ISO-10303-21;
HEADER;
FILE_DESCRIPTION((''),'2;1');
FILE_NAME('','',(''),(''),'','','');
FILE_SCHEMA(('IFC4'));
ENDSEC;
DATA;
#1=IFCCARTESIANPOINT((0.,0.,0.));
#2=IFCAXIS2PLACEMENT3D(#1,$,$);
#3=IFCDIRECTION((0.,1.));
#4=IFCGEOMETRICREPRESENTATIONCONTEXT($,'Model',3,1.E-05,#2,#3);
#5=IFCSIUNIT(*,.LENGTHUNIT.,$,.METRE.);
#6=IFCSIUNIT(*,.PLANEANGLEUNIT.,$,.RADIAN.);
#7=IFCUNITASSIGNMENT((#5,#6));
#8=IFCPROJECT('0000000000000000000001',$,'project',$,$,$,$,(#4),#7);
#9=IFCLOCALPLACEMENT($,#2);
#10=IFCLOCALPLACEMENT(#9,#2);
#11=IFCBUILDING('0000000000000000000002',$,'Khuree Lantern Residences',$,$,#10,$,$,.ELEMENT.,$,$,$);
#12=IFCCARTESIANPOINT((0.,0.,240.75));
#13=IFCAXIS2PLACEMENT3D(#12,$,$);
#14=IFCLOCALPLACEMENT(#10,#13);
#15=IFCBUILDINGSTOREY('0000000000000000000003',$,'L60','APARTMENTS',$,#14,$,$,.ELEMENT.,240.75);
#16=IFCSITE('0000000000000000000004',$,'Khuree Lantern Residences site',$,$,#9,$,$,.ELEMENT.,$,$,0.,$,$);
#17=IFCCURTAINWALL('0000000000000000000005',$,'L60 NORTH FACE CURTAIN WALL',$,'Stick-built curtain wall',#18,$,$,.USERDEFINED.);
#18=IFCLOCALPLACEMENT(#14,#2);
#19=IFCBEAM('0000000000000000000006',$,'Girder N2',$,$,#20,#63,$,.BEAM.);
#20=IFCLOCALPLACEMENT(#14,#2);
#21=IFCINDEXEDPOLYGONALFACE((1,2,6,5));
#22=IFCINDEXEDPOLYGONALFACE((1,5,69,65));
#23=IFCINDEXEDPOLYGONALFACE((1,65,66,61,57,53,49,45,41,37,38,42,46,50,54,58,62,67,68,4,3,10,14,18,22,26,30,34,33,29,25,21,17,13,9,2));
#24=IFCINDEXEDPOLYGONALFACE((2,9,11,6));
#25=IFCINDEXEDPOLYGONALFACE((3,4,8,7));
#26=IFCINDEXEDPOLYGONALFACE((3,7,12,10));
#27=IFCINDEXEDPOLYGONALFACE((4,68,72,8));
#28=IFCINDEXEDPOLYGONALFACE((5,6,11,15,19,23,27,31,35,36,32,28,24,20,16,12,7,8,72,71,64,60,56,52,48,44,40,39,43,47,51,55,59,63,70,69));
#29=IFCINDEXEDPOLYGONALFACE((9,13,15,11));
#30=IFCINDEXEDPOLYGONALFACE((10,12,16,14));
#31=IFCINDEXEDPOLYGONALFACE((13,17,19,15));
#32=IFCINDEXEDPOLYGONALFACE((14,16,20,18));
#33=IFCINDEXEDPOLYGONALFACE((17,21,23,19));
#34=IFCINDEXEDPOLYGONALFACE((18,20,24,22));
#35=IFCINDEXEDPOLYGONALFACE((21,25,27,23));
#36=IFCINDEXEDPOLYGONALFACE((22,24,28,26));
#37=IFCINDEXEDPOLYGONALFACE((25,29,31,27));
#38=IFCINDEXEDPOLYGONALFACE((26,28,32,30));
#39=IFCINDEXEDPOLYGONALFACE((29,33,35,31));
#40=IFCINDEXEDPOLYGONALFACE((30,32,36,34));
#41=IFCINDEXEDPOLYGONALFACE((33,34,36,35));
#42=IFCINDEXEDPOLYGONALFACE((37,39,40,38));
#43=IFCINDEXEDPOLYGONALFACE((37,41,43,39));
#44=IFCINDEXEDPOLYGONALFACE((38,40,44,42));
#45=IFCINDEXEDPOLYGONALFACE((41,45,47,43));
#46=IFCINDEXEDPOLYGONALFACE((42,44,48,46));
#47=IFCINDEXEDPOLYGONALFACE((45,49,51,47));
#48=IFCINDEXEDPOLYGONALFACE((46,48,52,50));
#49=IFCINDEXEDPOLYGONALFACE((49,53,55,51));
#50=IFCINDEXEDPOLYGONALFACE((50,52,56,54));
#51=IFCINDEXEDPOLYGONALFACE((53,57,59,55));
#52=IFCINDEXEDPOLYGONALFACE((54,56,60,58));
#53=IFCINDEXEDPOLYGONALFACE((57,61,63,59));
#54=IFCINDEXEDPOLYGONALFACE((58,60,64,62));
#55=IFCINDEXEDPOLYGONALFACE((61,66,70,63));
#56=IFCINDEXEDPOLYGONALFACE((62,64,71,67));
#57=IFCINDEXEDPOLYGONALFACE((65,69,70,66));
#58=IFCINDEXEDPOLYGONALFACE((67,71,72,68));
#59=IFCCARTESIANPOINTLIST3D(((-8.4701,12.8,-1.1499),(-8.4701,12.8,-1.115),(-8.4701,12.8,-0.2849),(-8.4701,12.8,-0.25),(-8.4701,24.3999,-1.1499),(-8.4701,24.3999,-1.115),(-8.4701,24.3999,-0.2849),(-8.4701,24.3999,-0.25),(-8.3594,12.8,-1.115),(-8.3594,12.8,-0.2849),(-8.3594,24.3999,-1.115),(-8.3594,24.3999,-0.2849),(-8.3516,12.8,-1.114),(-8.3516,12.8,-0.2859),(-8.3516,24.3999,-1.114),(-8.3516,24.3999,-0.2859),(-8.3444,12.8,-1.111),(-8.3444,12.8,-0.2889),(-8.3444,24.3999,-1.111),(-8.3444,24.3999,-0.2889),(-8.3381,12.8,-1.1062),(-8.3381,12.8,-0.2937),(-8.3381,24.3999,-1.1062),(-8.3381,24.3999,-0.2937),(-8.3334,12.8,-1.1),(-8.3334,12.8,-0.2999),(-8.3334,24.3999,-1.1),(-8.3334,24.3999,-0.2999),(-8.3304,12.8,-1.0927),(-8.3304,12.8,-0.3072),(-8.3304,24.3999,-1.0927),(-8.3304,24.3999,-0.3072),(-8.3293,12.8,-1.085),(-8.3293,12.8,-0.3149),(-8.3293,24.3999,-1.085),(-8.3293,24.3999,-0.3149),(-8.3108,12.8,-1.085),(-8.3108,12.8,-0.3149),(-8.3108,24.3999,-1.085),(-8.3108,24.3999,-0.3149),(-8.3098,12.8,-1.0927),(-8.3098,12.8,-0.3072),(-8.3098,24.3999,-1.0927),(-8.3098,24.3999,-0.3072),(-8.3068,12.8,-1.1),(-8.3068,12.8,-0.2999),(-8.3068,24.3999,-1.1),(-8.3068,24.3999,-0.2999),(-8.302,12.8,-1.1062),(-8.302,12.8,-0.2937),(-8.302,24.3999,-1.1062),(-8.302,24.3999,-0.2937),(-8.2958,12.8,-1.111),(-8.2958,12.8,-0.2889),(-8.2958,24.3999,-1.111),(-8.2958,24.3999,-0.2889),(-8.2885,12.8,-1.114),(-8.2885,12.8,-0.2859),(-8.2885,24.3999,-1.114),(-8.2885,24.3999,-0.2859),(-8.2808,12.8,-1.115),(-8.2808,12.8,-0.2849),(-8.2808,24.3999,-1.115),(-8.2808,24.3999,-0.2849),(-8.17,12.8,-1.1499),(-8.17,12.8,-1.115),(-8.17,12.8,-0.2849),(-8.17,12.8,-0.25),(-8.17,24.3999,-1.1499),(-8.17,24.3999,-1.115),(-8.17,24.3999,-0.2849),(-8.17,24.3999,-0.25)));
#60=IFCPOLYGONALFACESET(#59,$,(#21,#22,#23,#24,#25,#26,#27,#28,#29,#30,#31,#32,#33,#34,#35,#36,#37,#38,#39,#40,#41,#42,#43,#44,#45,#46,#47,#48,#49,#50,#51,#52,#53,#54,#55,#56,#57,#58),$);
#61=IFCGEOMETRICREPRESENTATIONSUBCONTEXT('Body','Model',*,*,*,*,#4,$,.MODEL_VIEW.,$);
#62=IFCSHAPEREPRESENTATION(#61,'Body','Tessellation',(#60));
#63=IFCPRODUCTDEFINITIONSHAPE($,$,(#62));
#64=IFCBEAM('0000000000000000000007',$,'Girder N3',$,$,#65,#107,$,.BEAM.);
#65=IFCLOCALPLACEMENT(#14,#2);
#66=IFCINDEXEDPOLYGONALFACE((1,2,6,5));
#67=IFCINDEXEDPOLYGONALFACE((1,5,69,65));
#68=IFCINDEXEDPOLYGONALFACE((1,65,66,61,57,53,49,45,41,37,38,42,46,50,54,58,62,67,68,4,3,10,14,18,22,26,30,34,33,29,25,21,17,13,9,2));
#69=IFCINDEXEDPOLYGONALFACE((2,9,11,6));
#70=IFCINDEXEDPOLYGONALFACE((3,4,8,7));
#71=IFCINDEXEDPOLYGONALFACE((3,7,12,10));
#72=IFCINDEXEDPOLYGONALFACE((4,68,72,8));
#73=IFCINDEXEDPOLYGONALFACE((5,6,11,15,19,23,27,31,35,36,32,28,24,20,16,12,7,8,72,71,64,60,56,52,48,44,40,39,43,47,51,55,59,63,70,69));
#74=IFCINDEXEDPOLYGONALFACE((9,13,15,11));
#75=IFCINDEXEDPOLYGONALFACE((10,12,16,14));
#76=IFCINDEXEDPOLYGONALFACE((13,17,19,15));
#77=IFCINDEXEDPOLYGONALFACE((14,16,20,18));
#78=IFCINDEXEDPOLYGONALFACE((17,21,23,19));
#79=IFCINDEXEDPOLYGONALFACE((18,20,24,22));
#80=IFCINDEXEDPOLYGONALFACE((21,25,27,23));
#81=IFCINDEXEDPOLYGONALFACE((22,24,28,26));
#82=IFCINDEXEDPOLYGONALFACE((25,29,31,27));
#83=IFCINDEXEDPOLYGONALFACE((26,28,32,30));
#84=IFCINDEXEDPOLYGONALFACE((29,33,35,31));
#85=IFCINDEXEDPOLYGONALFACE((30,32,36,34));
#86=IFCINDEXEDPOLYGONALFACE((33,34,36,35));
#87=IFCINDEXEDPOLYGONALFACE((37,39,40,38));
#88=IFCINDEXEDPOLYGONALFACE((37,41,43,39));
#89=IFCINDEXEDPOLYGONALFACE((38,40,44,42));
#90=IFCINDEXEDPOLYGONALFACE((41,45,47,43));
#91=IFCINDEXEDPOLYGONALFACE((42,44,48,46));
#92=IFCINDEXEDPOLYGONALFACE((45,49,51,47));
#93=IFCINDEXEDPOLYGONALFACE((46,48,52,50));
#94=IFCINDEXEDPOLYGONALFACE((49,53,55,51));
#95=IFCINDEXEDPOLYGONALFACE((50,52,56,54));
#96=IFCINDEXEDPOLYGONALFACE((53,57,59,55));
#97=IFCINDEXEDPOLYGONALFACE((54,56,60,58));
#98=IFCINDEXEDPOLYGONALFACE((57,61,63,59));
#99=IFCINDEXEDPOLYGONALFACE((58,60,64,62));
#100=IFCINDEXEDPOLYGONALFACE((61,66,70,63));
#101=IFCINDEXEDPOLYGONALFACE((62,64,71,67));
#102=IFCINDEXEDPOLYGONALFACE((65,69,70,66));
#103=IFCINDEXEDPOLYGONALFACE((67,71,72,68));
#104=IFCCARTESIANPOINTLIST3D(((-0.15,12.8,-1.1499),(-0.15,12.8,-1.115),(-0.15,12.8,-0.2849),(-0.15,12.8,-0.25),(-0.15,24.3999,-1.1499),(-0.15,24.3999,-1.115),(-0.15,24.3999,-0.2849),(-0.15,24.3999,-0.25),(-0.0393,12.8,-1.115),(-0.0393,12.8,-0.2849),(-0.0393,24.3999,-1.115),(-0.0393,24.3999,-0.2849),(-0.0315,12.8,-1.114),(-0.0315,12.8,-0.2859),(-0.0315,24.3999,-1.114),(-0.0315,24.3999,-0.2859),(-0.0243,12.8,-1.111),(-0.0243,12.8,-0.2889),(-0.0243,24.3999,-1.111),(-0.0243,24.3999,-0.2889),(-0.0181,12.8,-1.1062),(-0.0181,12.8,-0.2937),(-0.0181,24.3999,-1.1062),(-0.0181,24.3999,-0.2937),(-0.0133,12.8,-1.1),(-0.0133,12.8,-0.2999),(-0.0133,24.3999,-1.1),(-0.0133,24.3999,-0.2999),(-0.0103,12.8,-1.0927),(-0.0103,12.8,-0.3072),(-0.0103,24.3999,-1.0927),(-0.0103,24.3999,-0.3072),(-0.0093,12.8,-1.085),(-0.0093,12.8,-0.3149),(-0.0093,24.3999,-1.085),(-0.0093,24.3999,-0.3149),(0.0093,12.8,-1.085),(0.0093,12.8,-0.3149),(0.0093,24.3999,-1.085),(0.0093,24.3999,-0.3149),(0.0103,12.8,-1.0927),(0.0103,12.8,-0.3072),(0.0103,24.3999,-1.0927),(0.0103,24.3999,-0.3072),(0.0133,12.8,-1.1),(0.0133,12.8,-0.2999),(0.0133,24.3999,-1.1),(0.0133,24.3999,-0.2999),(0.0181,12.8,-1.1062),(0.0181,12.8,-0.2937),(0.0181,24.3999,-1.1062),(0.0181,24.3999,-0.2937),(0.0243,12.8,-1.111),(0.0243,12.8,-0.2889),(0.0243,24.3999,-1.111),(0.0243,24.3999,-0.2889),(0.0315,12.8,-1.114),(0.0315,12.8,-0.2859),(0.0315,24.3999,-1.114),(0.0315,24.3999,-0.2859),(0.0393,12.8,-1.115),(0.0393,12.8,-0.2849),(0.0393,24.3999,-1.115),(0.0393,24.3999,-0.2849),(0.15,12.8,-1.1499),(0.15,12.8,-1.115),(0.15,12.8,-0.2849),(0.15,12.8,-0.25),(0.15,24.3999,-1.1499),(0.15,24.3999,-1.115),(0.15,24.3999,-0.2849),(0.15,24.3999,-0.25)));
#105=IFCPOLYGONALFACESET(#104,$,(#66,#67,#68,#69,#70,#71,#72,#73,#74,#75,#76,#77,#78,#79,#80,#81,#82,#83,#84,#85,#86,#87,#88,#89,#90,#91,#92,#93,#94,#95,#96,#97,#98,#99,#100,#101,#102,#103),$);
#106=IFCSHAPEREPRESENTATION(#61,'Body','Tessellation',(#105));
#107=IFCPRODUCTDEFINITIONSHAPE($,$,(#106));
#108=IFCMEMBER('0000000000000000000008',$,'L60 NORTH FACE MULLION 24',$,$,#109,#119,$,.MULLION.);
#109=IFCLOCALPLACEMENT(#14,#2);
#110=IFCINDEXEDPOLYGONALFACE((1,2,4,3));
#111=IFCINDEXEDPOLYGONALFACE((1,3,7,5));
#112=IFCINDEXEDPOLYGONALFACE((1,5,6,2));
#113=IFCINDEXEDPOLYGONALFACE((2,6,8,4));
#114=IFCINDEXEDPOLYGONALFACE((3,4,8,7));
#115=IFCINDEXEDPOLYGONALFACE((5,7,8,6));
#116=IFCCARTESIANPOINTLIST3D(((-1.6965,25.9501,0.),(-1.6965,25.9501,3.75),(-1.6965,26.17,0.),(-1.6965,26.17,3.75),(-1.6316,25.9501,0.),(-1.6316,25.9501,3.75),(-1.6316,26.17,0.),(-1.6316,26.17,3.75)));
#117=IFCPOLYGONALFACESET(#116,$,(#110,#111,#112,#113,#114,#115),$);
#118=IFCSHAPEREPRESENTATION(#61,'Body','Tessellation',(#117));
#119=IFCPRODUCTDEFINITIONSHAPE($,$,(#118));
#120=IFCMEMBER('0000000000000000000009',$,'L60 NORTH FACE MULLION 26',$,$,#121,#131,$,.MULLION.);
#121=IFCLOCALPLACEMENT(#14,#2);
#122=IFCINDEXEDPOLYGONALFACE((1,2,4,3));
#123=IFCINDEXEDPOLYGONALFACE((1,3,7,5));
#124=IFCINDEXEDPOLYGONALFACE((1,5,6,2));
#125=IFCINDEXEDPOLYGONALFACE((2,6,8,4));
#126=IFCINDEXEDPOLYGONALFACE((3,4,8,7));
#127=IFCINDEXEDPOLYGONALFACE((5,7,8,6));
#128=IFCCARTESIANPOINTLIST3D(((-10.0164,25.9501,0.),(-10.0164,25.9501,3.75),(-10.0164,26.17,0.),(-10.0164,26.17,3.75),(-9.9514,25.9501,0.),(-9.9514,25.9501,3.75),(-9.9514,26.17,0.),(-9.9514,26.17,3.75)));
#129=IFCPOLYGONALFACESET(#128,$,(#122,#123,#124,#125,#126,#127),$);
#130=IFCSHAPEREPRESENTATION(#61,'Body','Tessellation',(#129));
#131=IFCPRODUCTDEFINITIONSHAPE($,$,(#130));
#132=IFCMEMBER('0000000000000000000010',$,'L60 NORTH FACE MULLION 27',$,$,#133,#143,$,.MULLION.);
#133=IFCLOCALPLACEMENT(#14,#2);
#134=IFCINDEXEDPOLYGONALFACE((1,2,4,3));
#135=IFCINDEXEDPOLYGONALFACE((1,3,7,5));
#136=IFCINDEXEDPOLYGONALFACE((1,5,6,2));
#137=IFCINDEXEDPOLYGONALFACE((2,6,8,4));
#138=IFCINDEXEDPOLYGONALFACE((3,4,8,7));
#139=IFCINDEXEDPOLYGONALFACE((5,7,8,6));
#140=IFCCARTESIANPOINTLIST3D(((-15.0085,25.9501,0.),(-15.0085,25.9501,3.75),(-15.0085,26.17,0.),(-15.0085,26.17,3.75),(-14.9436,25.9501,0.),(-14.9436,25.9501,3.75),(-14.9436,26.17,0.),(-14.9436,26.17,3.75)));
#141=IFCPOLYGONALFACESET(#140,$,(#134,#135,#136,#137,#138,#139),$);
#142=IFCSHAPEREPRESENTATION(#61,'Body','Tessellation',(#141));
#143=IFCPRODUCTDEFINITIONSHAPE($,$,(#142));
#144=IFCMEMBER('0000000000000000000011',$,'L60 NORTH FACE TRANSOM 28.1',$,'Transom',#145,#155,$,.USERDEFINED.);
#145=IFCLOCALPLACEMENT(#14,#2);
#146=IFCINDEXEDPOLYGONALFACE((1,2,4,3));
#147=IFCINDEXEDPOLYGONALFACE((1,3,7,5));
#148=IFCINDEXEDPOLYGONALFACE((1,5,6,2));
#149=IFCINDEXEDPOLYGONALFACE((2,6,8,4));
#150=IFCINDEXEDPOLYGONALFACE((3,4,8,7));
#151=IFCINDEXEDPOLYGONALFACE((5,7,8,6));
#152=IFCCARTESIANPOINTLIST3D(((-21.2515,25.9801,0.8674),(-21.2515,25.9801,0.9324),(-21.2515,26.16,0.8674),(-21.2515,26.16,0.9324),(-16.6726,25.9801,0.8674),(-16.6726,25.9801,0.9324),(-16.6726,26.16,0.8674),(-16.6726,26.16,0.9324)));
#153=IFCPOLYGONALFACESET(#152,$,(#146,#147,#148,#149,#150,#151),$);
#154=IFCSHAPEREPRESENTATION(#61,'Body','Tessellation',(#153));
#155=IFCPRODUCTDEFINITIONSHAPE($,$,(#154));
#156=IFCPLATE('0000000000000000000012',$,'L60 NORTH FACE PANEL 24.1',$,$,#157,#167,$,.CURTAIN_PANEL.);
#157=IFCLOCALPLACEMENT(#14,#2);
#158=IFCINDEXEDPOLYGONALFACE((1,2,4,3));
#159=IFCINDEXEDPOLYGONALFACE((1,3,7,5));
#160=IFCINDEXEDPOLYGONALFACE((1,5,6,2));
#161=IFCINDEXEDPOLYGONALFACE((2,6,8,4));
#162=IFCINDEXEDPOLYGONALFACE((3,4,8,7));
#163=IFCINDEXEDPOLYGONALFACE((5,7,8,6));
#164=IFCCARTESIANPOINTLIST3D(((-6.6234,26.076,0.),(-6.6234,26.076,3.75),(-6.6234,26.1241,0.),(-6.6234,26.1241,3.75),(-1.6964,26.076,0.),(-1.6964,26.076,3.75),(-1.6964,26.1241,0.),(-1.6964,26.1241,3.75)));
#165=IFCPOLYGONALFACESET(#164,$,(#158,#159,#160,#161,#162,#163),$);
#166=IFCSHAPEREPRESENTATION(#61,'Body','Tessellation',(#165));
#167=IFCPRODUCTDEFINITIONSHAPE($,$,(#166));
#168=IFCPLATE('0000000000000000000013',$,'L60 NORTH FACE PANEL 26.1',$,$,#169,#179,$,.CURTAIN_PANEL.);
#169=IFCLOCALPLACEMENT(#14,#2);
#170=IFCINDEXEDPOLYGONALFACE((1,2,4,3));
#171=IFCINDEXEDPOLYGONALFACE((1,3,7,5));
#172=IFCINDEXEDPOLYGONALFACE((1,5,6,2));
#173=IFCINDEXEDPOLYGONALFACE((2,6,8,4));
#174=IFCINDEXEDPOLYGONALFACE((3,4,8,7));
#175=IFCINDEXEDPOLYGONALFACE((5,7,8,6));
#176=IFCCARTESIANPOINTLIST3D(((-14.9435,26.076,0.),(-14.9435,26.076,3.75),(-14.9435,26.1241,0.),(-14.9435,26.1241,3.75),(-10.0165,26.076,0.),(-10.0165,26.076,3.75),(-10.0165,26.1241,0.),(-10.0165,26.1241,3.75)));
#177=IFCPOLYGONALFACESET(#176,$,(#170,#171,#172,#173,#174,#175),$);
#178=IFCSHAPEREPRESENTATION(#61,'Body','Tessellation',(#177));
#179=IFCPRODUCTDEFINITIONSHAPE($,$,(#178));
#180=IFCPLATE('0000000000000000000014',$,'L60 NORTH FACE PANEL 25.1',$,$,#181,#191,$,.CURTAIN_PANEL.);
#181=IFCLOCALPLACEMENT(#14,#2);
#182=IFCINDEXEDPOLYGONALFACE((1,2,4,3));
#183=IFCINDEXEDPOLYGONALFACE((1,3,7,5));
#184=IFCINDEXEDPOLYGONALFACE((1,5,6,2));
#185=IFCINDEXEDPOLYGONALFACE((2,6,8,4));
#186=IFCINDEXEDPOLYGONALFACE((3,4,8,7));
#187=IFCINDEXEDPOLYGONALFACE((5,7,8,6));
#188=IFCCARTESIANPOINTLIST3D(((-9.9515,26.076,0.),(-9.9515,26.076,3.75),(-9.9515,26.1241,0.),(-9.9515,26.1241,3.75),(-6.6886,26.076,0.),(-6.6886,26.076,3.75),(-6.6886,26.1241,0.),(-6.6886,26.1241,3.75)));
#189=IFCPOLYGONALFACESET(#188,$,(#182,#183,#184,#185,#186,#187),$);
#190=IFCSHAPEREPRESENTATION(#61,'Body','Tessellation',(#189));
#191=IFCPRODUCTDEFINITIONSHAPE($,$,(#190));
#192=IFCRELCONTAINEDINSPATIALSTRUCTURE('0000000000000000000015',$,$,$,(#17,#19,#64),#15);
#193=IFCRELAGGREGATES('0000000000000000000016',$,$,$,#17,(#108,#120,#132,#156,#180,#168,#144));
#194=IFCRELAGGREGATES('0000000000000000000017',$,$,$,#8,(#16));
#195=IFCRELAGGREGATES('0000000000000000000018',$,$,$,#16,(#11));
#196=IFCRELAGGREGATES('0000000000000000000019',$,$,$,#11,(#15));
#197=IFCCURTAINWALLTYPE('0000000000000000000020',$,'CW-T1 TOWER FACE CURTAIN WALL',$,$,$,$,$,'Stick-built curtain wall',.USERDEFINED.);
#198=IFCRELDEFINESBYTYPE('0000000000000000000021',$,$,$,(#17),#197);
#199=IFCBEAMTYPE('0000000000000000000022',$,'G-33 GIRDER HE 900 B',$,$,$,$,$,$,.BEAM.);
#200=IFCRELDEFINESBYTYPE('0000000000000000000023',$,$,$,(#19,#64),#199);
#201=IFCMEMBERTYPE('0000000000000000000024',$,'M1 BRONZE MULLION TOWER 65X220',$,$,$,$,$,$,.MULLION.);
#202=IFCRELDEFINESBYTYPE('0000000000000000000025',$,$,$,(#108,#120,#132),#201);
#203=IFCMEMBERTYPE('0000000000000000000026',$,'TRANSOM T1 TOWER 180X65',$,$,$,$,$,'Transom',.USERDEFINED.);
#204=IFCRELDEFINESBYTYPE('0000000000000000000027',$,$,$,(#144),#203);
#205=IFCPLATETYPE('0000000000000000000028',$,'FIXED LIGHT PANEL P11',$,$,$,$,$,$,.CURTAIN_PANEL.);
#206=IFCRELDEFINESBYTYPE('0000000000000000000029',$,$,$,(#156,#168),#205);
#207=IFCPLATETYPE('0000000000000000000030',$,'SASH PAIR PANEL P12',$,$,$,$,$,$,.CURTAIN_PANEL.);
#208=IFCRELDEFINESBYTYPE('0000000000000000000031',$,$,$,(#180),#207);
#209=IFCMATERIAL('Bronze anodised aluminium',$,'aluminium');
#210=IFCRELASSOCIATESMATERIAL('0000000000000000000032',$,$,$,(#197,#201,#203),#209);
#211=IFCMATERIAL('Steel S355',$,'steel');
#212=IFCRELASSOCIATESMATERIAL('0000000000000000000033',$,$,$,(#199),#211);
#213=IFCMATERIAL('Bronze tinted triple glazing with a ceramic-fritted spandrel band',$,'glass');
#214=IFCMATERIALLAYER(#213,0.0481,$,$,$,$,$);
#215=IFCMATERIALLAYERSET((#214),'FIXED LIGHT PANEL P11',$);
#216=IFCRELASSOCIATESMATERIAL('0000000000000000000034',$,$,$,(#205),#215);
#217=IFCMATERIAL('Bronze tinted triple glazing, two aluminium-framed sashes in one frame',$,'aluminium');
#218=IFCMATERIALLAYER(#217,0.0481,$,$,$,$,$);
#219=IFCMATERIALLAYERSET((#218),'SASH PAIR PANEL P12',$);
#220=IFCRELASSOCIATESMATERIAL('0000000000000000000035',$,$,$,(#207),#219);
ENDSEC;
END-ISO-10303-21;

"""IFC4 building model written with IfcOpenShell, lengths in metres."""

from ifc_helpers import new_model, si_unit, direction, frame, origin, origin_2d, place, context, subcontext, project, spatial, rectangle, i_section, extrude, material, layer, layer_set, material_profile, profile_set, type_object, element, aggregate, save


model = new_model("IFC4")

# Units and contexts
model_context = context("Model", 3, precision=1e-05, world=origin(), true_north=direction((0.0, 1.0)))
body_context = subcontext(model_context, "Body", "Model", "MODEL_VIEW")
ifc_project = project(units=[si_unit("LENGTHUNIT", "METRE"), si_unit("PLANEANGLEUNIT", "RADIAN")], contexts=[model_context])

# Site, building, storey
site_placement = place(None, origin())
site = spatial("IfcSite", under=ifc_project, at=site_placement, Name="Khuree Lantern Residences site", CompositionType="ELEMENT", RefElevation=0.0)
building_placement = place(site_placement, origin())
building = spatial("IfcBuilding", under=site, at=building_placement, Name="Khuree Lantern Residences", CompositionType="ELEMENT")
storey_placement = place(building_placement, frame((0.0, 0.0, 240.75)))
storey = spatial("IfcBuildingStorey", under=building, at=storey_placement, Name="L60", Description="APARTMENTS", CompositionType="ELEMENT", Elevation=240.75)

# Shared definitions
ifc_material_1 = material(Name="Steel S355", Category="steel")

# Curtain wall
ifc_material_2 = material(Name="Bronze anodised aluminium", Category="aluminium")
curtain_wall_type = type_object("IfcCurtainWallType", Name="CW-T1 TOWER FACE CURTAIN WALL", ElementType="Stick-built curtain wall", PredefinedType="USERDEFINED", material=ifc_material_2)
curtain_wall_placement = place(storey_placement, origin())
curtain_wall = element("IfcCurtainWall", 1, at=curtain_wall_placement, inside=storey, type_object=curtain_wall_type, Name="L60 NORTH FACE CURTAIN WALL", ObjectType="Stick-built curtain wall", PredefinedType="USERDEFINED")

# Beams
ifc_material_profile_1 = material_profile(ifc_material_1, i_section(OverallWidth=0.3, OverallDepth=0.8999, WebThickness=0.0186, FlangeThickness=0.0349, FilletRadius=0.03, at=origin_2d()), Name="HE 900 B")
ifc_profile_set_1 = profile_set([ifc_material_profile_1], Name="Steel S355")
beam_type_1 = type_object("IfcBeamType", Name="G-33 GIRDER HE 900 B", PredefinedType="BEAM", material=ifc_profile_set_1)
for number, where, z_axis, x_axis, name in (
    (2, (-8.3201, 24.3999, -0.7), (0.0, -1.0, 0.0), (1.0, 0.0, 0.0), "Girder N2"),
    (3, (0.0, 24.3999, -0.7), (0.0, -1.0, 0.0), (1.0, 0.0, 0.0), "Girder N3"),
):
    element("IfcBeam", number, at=place(storey_placement, frame(where, z_axis=z_axis, x_axis=x_axis)), inside=storey, type_object=beam_type_1, Name=name, PredefinedType="BEAM", context=body_context, shape_type="SweptSolid", body=[
        extrude(i_section(OverallWidth=0.3, OverallDepth=0.8999, WebThickness=0.0186, FlangeThickness=0.0349, FilletRadius=0.03, at=origin_2d()), origin(), (0.0, 0.0, 1.0), 11.5999),
    ])

# Members
ifc_material_profile_2 = material_profile(ifc_material_2, rectangle(XDim=0.0649, YDim=0.22, at=origin_2d()), Name="M1 65X220")
ifc_profile_set_2 = profile_set([ifc_material_profile_2], Name="Bronze anodised aluminium")
member_type_1 = type_object("IfcMemberType", Name="M1 BRONZE MULLION TOWER 65X220", PredefinedType="MULLION", material=ifc_profile_set_2)
member_1_placement = place(storey_placement, frame((-1.6641, 26.0601, 0.0), z_axis=(0.0, 0.0, 1.0), x_axis=(-1.0, 0.0, 0.0)))
member_1 = element("IfcMember", 4, at=member_1_placement, type_object=member_type_1, Name="L60 NORTH FACE MULLION 24", PredefinedType="MULLION", context=body_context, shape_type="SweptSolid", body=[
    extrude(rectangle(XDim=0.0649, YDim=0.22, at=origin_2d()), origin(), (0.0, 0.0, 1.0), 3.75),
])
member_2_placement = place(storey_placement, frame((-9.9839, 26.0601, 0.0), z_axis=(0.0, 0.0, 1.0), x_axis=(-1.0, 0.0, 0.0)))
member_2 = element("IfcMember", 5, at=member_2_placement, type_object=member_type_1, Name="L60 NORTH FACE MULLION 26", PredefinedType="MULLION", context=body_context, shape_type="SweptSolid", body=[
    extrude(rectangle(XDim=0.0649, YDim=0.22, at=origin_2d()), origin(), (0.0, 0.0, 1.0), 3.75),
])
member_3_placement = place(storey_placement, frame((-14.9761, 26.0601, 0.0), z_axis=(0.0, 0.0, 1.0), x_axis=(-1.0, 0.0, 0.0)))
member_3 = element("IfcMember", 6, at=member_3_placement, type_object=member_type_1, Name="L60 NORTH FACE MULLION 27", PredefinedType="MULLION", context=body_context, shape_type="SweptSolid", body=[
    extrude(rectangle(XDim=0.0649, YDim=0.22, at=origin_2d()), origin(), (0.0, 0.0, 1.0), 3.75),
])
ifc_material_profile_3 = material_profile(ifc_material_2, rectangle(XDim=0.1799, YDim=0.0649, at=origin_2d()), Name="T1 180X65")
ifc_profile_set_3 = profile_set([ifc_material_profile_3], Name="Bronze anodised aluminium")
member_type_2 = type_object("IfcMemberType", Name="TRANSOM T1 TOWER 180X65", ElementType="Transom", PredefinedType="USERDEFINED", material=ifc_profile_set_3)
member_4_placement = place(storey_placement, frame((-16.6726, 26.0701, 0.8999), z_axis=(-1.0, 0.0, 0.0), x_axis=(0.0, -1.0, 0.0)))
member_4 = element("IfcMember", 7, at=member_4_placement, type_object=member_type_2, Name="L60 NORTH FACE TRANSOM 28.1", ObjectType="Transom", PredefinedType="USERDEFINED", context=body_context, shape_type="SweptSolid", body=[
    extrude(rectangle(XDim=0.1799, YDim=0.0649, at=origin_2d()), origin(), (0.0, 0.0, 1.0), 4.5789),
])

# Plates
ifc_material_3 = material(Name="Bronze tinted triple glazing with a ceramic-fritted spandrel band", Category="glass")
ifc_layer_1 = layer(ifc_material_3, 0.0481)
ifc_layer_set_1 = layer_set([ifc_layer_1], Name="FIXED LIGHT PANEL P11")
plate_type_1 = type_object("IfcPlateType", Name="FIXED LIGHT PANEL P11", PredefinedType="CURTAIN_PANEL", material=ifc_layer_set_1)
plate_1_placement = place(storey_placement, frame((-4.1599, 26.1001, 0.0), z_axis=(0.0, 0.0, 1.0), x_axis=(-1.0, 0.0, 0.0)))
plate_1 = element("IfcPlate", 8, at=plate_1_placement, type_object=plate_type_1, Name="L60 NORTH FACE PANEL 24.1", PredefinedType="CURTAIN_PANEL", context=body_context, shape_type="SweptSolid", body=[
    extrude(rectangle(XDim=4.927, YDim=0.0481, at=origin_2d()), origin(), (0.0, 0.0, 1.0), 3.75),
])
plate_2_placement = place(storey_placement, frame((-12.48, 26.1001, 0.0), z_axis=(0.0, 0.0, 1.0), x_axis=(-1.0, 0.0, 0.0)))
plate_2 = element("IfcPlate", 9, at=plate_2_placement, type_object=plate_type_1, Name="L60 NORTH FACE PANEL 26.1", PredefinedType="CURTAIN_PANEL", context=body_context, shape_type="SweptSolid", body=[
    extrude(rectangle(XDim=4.927, YDim=0.0481, at=origin_2d()), origin(), (0.0, 0.0, 1.0), 3.75),
])
ifc_material_4 = material(Name="Bronze tinted triple glazing, two aluminium-framed sashes in one frame", Category="aluminium")
ifc_layer_2 = layer(ifc_material_4, 0.0481)
ifc_layer_set_2 = layer_set([ifc_layer_2], Name="SASH PAIR PANEL P12")
plate_type_2 = type_object("IfcPlateType", Name="SASH PAIR PANEL P12", PredefinedType="CURTAIN_PANEL", material=ifc_layer_set_2)
plate_3_placement = place(storey_placement, frame((-8.3201, 26.1001, 0.0), z_axis=(0.0, 0.0, 1.0), x_axis=(-1.0, 0.0, 0.0)))
plate_3 = element("IfcPlate", 10, at=plate_3_placement, type_object=plate_type_2, Name="L60 NORTH FACE PANEL 25.1", PredefinedType="CURTAIN_PANEL", context=body_context, shape_type="SweptSolid", body=[
    extrude(rectangle(XDim=3.2629, YDim=0.0481, at=origin_2d()), origin(), (0.0, 0.0, 1.0), 3.75),
])
aggregate(curtain_wall, [member_1, member_2, member_3, plate_1, plate_3, plate_2, member_4])

save(model, "model.ifc")
